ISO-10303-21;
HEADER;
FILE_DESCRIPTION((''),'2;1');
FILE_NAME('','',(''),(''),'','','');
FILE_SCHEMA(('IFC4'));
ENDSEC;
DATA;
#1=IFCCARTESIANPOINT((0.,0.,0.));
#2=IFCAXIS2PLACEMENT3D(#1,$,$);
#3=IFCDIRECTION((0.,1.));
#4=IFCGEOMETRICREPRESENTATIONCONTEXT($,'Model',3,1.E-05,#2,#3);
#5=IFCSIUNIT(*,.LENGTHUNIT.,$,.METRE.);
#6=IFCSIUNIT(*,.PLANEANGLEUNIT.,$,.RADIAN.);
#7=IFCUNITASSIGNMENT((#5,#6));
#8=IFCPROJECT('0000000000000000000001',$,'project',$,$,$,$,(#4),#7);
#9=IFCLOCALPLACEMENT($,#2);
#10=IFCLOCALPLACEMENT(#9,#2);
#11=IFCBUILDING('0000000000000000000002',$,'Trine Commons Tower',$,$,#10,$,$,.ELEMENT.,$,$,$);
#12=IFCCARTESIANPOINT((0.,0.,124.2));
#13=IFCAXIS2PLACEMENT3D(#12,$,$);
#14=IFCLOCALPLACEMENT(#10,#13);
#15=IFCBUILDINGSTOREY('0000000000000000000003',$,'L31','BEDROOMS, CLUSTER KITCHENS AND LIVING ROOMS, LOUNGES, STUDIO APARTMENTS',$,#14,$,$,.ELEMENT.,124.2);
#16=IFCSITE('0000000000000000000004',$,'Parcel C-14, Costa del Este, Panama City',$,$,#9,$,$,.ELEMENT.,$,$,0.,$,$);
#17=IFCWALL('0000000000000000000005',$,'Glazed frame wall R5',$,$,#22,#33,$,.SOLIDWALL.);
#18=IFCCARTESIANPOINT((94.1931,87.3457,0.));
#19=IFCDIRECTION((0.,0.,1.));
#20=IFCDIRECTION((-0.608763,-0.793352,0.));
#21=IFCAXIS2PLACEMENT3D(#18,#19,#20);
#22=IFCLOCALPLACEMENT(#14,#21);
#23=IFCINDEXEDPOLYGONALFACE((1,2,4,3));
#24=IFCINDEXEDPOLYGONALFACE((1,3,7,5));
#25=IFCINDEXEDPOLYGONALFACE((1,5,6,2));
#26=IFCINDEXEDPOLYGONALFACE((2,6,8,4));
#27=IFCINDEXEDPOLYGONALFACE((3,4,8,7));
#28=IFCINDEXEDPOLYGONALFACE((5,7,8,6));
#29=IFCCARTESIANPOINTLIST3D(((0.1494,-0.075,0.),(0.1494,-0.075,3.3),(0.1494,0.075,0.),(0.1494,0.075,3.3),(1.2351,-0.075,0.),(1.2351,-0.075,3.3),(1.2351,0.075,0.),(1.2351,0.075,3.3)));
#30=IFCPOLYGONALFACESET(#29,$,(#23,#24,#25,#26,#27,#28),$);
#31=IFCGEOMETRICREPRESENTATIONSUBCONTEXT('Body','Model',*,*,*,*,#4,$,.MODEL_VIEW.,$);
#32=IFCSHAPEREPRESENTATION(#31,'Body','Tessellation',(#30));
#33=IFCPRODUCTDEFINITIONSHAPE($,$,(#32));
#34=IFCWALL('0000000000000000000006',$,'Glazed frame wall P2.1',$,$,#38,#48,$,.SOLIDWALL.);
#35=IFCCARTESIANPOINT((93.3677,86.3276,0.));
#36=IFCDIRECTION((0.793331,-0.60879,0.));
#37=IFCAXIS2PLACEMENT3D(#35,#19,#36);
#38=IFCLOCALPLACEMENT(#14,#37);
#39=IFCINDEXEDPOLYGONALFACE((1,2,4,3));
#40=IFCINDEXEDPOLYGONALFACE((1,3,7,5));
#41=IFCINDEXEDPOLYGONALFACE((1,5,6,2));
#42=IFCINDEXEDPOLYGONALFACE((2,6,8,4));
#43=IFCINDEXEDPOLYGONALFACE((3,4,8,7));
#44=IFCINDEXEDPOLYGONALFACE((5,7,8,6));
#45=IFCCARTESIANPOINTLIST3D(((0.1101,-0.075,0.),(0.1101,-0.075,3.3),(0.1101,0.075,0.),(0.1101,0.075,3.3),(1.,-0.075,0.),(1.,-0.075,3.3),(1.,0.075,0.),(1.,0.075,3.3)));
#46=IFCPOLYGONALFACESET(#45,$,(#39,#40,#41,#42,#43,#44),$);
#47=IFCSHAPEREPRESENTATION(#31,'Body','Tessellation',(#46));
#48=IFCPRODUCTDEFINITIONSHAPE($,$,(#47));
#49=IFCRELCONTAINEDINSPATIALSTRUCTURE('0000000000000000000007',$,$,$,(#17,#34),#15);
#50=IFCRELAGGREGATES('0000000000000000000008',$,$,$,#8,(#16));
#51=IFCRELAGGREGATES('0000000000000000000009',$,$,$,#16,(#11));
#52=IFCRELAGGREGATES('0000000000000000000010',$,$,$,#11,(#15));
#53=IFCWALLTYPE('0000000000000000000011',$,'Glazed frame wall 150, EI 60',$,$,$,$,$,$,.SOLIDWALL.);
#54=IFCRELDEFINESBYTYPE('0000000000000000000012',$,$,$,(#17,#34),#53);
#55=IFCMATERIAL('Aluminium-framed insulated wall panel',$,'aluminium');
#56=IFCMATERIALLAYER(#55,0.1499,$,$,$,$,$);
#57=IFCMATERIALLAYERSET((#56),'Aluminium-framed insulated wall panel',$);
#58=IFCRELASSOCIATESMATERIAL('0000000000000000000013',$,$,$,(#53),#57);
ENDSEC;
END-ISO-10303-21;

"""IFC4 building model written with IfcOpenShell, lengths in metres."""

from ifc_helpers import new_model, si_unit, direction, frame, origin, place, context, subcontext, project, spatial, polyline, outline, extrude, material, layer, layer_set, type_object, element, save


model = new_model("IFC4")

# Units and contexts
model_context = context("Model", 3, precision=1e-05, world=origin(), true_north=direction((0.0, 1.0)))
body_context = subcontext(model_context, "Body", "Model", "MODEL_VIEW")
ifc_project = project(units=[si_unit("LENGTHUNIT", "METRE"), si_unit("PLANEANGLEUNIT", "RADIAN")], contexts=[model_context])

# Site, building, storey
site_placement = place(None, origin())
site = spatial("IfcSite", under=ifc_project, at=site_placement, Name="Parcel C-14, Costa del Este, Panama City", CompositionType="ELEMENT", RefElevation=0.0)
building_placement = place(site_placement, origin())
building = spatial("IfcBuilding", under=site, at=building_placement, Name="Trine Commons Tower", CompositionType="ELEMENT")
storey_placement = place(building_placement, frame((0.0, 0.0, 124.2)))
storey = spatial("IfcBuildingStorey", under=building, at=storey_placement, Name="L31", Description="BEDROOMS, CLUSTER KITCHENS AND LIVING ROOMS, LOUNGES, STUDIO APARTMENTS", CompositionType="ELEMENT", Elevation=124.2)

# Walls
ifc_material_1 = material(Name="Aluminium-framed insulated wall panel", Category="aluminium")
ifc_layer_1 = layer(ifc_material_1, 0.1499)
ifc_layer_set_1 = layer_set([ifc_layer_1], Name="Aluminium-framed insulated wall panel")
wall_type_1 = type_object("IfcWallType", Name="Glazed frame wall 150, EI 60", PredefinedType="SOLIDWALL", material=ifc_layer_set_1)
wall_1_placement = place(storey_placement, frame((94.1931, 87.3457, 0.0), z_axis=(0.0, 0.0, 1.0), x_axis=(-0.608763, -0.793352, 0.0)))
element("IfcWall", 1, at=wall_1_placement, inside=storey, type_object=wall_type_1, Name="Glazed frame wall R5", PredefinedType="SOLIDWALL", context=body_context, shape_type="SweptSolid", body=[
    extrude(outline(polyline([(0.1494, 0.075), (0.1494, -0.075), (1.2351, -0.075), (1.2351, 0.075), (0.1494, 0.075)])), origin(), (0.0, 0.0, 1.0), 3.3),
])
wall_2_placement = place(storey_placement, frame((93.3677, 86.3276, 0.0), z_axis=(0.0, 0.0, 1.0), x_axis=(0.793331, -0.60879, 0.0)))
element("IfcWall", 2, at=wall_2_placement, inside=storey, type_object=wall_type_1, Name="Glazed frame wall P2.1", PredefinedType="SOLIDWALL", context=body_context, shape_type="SweptSolid", body=[
    extrude(outline(polyline([(0.1101, -0.075), (1.0, -0.075), (1.0, 0.075), (0.1101, 0.075), (0.1101, -0.075)])), origin(), (0.0, 0.0, 1.0), 3.3),
])

save(model, "model.ifc")
